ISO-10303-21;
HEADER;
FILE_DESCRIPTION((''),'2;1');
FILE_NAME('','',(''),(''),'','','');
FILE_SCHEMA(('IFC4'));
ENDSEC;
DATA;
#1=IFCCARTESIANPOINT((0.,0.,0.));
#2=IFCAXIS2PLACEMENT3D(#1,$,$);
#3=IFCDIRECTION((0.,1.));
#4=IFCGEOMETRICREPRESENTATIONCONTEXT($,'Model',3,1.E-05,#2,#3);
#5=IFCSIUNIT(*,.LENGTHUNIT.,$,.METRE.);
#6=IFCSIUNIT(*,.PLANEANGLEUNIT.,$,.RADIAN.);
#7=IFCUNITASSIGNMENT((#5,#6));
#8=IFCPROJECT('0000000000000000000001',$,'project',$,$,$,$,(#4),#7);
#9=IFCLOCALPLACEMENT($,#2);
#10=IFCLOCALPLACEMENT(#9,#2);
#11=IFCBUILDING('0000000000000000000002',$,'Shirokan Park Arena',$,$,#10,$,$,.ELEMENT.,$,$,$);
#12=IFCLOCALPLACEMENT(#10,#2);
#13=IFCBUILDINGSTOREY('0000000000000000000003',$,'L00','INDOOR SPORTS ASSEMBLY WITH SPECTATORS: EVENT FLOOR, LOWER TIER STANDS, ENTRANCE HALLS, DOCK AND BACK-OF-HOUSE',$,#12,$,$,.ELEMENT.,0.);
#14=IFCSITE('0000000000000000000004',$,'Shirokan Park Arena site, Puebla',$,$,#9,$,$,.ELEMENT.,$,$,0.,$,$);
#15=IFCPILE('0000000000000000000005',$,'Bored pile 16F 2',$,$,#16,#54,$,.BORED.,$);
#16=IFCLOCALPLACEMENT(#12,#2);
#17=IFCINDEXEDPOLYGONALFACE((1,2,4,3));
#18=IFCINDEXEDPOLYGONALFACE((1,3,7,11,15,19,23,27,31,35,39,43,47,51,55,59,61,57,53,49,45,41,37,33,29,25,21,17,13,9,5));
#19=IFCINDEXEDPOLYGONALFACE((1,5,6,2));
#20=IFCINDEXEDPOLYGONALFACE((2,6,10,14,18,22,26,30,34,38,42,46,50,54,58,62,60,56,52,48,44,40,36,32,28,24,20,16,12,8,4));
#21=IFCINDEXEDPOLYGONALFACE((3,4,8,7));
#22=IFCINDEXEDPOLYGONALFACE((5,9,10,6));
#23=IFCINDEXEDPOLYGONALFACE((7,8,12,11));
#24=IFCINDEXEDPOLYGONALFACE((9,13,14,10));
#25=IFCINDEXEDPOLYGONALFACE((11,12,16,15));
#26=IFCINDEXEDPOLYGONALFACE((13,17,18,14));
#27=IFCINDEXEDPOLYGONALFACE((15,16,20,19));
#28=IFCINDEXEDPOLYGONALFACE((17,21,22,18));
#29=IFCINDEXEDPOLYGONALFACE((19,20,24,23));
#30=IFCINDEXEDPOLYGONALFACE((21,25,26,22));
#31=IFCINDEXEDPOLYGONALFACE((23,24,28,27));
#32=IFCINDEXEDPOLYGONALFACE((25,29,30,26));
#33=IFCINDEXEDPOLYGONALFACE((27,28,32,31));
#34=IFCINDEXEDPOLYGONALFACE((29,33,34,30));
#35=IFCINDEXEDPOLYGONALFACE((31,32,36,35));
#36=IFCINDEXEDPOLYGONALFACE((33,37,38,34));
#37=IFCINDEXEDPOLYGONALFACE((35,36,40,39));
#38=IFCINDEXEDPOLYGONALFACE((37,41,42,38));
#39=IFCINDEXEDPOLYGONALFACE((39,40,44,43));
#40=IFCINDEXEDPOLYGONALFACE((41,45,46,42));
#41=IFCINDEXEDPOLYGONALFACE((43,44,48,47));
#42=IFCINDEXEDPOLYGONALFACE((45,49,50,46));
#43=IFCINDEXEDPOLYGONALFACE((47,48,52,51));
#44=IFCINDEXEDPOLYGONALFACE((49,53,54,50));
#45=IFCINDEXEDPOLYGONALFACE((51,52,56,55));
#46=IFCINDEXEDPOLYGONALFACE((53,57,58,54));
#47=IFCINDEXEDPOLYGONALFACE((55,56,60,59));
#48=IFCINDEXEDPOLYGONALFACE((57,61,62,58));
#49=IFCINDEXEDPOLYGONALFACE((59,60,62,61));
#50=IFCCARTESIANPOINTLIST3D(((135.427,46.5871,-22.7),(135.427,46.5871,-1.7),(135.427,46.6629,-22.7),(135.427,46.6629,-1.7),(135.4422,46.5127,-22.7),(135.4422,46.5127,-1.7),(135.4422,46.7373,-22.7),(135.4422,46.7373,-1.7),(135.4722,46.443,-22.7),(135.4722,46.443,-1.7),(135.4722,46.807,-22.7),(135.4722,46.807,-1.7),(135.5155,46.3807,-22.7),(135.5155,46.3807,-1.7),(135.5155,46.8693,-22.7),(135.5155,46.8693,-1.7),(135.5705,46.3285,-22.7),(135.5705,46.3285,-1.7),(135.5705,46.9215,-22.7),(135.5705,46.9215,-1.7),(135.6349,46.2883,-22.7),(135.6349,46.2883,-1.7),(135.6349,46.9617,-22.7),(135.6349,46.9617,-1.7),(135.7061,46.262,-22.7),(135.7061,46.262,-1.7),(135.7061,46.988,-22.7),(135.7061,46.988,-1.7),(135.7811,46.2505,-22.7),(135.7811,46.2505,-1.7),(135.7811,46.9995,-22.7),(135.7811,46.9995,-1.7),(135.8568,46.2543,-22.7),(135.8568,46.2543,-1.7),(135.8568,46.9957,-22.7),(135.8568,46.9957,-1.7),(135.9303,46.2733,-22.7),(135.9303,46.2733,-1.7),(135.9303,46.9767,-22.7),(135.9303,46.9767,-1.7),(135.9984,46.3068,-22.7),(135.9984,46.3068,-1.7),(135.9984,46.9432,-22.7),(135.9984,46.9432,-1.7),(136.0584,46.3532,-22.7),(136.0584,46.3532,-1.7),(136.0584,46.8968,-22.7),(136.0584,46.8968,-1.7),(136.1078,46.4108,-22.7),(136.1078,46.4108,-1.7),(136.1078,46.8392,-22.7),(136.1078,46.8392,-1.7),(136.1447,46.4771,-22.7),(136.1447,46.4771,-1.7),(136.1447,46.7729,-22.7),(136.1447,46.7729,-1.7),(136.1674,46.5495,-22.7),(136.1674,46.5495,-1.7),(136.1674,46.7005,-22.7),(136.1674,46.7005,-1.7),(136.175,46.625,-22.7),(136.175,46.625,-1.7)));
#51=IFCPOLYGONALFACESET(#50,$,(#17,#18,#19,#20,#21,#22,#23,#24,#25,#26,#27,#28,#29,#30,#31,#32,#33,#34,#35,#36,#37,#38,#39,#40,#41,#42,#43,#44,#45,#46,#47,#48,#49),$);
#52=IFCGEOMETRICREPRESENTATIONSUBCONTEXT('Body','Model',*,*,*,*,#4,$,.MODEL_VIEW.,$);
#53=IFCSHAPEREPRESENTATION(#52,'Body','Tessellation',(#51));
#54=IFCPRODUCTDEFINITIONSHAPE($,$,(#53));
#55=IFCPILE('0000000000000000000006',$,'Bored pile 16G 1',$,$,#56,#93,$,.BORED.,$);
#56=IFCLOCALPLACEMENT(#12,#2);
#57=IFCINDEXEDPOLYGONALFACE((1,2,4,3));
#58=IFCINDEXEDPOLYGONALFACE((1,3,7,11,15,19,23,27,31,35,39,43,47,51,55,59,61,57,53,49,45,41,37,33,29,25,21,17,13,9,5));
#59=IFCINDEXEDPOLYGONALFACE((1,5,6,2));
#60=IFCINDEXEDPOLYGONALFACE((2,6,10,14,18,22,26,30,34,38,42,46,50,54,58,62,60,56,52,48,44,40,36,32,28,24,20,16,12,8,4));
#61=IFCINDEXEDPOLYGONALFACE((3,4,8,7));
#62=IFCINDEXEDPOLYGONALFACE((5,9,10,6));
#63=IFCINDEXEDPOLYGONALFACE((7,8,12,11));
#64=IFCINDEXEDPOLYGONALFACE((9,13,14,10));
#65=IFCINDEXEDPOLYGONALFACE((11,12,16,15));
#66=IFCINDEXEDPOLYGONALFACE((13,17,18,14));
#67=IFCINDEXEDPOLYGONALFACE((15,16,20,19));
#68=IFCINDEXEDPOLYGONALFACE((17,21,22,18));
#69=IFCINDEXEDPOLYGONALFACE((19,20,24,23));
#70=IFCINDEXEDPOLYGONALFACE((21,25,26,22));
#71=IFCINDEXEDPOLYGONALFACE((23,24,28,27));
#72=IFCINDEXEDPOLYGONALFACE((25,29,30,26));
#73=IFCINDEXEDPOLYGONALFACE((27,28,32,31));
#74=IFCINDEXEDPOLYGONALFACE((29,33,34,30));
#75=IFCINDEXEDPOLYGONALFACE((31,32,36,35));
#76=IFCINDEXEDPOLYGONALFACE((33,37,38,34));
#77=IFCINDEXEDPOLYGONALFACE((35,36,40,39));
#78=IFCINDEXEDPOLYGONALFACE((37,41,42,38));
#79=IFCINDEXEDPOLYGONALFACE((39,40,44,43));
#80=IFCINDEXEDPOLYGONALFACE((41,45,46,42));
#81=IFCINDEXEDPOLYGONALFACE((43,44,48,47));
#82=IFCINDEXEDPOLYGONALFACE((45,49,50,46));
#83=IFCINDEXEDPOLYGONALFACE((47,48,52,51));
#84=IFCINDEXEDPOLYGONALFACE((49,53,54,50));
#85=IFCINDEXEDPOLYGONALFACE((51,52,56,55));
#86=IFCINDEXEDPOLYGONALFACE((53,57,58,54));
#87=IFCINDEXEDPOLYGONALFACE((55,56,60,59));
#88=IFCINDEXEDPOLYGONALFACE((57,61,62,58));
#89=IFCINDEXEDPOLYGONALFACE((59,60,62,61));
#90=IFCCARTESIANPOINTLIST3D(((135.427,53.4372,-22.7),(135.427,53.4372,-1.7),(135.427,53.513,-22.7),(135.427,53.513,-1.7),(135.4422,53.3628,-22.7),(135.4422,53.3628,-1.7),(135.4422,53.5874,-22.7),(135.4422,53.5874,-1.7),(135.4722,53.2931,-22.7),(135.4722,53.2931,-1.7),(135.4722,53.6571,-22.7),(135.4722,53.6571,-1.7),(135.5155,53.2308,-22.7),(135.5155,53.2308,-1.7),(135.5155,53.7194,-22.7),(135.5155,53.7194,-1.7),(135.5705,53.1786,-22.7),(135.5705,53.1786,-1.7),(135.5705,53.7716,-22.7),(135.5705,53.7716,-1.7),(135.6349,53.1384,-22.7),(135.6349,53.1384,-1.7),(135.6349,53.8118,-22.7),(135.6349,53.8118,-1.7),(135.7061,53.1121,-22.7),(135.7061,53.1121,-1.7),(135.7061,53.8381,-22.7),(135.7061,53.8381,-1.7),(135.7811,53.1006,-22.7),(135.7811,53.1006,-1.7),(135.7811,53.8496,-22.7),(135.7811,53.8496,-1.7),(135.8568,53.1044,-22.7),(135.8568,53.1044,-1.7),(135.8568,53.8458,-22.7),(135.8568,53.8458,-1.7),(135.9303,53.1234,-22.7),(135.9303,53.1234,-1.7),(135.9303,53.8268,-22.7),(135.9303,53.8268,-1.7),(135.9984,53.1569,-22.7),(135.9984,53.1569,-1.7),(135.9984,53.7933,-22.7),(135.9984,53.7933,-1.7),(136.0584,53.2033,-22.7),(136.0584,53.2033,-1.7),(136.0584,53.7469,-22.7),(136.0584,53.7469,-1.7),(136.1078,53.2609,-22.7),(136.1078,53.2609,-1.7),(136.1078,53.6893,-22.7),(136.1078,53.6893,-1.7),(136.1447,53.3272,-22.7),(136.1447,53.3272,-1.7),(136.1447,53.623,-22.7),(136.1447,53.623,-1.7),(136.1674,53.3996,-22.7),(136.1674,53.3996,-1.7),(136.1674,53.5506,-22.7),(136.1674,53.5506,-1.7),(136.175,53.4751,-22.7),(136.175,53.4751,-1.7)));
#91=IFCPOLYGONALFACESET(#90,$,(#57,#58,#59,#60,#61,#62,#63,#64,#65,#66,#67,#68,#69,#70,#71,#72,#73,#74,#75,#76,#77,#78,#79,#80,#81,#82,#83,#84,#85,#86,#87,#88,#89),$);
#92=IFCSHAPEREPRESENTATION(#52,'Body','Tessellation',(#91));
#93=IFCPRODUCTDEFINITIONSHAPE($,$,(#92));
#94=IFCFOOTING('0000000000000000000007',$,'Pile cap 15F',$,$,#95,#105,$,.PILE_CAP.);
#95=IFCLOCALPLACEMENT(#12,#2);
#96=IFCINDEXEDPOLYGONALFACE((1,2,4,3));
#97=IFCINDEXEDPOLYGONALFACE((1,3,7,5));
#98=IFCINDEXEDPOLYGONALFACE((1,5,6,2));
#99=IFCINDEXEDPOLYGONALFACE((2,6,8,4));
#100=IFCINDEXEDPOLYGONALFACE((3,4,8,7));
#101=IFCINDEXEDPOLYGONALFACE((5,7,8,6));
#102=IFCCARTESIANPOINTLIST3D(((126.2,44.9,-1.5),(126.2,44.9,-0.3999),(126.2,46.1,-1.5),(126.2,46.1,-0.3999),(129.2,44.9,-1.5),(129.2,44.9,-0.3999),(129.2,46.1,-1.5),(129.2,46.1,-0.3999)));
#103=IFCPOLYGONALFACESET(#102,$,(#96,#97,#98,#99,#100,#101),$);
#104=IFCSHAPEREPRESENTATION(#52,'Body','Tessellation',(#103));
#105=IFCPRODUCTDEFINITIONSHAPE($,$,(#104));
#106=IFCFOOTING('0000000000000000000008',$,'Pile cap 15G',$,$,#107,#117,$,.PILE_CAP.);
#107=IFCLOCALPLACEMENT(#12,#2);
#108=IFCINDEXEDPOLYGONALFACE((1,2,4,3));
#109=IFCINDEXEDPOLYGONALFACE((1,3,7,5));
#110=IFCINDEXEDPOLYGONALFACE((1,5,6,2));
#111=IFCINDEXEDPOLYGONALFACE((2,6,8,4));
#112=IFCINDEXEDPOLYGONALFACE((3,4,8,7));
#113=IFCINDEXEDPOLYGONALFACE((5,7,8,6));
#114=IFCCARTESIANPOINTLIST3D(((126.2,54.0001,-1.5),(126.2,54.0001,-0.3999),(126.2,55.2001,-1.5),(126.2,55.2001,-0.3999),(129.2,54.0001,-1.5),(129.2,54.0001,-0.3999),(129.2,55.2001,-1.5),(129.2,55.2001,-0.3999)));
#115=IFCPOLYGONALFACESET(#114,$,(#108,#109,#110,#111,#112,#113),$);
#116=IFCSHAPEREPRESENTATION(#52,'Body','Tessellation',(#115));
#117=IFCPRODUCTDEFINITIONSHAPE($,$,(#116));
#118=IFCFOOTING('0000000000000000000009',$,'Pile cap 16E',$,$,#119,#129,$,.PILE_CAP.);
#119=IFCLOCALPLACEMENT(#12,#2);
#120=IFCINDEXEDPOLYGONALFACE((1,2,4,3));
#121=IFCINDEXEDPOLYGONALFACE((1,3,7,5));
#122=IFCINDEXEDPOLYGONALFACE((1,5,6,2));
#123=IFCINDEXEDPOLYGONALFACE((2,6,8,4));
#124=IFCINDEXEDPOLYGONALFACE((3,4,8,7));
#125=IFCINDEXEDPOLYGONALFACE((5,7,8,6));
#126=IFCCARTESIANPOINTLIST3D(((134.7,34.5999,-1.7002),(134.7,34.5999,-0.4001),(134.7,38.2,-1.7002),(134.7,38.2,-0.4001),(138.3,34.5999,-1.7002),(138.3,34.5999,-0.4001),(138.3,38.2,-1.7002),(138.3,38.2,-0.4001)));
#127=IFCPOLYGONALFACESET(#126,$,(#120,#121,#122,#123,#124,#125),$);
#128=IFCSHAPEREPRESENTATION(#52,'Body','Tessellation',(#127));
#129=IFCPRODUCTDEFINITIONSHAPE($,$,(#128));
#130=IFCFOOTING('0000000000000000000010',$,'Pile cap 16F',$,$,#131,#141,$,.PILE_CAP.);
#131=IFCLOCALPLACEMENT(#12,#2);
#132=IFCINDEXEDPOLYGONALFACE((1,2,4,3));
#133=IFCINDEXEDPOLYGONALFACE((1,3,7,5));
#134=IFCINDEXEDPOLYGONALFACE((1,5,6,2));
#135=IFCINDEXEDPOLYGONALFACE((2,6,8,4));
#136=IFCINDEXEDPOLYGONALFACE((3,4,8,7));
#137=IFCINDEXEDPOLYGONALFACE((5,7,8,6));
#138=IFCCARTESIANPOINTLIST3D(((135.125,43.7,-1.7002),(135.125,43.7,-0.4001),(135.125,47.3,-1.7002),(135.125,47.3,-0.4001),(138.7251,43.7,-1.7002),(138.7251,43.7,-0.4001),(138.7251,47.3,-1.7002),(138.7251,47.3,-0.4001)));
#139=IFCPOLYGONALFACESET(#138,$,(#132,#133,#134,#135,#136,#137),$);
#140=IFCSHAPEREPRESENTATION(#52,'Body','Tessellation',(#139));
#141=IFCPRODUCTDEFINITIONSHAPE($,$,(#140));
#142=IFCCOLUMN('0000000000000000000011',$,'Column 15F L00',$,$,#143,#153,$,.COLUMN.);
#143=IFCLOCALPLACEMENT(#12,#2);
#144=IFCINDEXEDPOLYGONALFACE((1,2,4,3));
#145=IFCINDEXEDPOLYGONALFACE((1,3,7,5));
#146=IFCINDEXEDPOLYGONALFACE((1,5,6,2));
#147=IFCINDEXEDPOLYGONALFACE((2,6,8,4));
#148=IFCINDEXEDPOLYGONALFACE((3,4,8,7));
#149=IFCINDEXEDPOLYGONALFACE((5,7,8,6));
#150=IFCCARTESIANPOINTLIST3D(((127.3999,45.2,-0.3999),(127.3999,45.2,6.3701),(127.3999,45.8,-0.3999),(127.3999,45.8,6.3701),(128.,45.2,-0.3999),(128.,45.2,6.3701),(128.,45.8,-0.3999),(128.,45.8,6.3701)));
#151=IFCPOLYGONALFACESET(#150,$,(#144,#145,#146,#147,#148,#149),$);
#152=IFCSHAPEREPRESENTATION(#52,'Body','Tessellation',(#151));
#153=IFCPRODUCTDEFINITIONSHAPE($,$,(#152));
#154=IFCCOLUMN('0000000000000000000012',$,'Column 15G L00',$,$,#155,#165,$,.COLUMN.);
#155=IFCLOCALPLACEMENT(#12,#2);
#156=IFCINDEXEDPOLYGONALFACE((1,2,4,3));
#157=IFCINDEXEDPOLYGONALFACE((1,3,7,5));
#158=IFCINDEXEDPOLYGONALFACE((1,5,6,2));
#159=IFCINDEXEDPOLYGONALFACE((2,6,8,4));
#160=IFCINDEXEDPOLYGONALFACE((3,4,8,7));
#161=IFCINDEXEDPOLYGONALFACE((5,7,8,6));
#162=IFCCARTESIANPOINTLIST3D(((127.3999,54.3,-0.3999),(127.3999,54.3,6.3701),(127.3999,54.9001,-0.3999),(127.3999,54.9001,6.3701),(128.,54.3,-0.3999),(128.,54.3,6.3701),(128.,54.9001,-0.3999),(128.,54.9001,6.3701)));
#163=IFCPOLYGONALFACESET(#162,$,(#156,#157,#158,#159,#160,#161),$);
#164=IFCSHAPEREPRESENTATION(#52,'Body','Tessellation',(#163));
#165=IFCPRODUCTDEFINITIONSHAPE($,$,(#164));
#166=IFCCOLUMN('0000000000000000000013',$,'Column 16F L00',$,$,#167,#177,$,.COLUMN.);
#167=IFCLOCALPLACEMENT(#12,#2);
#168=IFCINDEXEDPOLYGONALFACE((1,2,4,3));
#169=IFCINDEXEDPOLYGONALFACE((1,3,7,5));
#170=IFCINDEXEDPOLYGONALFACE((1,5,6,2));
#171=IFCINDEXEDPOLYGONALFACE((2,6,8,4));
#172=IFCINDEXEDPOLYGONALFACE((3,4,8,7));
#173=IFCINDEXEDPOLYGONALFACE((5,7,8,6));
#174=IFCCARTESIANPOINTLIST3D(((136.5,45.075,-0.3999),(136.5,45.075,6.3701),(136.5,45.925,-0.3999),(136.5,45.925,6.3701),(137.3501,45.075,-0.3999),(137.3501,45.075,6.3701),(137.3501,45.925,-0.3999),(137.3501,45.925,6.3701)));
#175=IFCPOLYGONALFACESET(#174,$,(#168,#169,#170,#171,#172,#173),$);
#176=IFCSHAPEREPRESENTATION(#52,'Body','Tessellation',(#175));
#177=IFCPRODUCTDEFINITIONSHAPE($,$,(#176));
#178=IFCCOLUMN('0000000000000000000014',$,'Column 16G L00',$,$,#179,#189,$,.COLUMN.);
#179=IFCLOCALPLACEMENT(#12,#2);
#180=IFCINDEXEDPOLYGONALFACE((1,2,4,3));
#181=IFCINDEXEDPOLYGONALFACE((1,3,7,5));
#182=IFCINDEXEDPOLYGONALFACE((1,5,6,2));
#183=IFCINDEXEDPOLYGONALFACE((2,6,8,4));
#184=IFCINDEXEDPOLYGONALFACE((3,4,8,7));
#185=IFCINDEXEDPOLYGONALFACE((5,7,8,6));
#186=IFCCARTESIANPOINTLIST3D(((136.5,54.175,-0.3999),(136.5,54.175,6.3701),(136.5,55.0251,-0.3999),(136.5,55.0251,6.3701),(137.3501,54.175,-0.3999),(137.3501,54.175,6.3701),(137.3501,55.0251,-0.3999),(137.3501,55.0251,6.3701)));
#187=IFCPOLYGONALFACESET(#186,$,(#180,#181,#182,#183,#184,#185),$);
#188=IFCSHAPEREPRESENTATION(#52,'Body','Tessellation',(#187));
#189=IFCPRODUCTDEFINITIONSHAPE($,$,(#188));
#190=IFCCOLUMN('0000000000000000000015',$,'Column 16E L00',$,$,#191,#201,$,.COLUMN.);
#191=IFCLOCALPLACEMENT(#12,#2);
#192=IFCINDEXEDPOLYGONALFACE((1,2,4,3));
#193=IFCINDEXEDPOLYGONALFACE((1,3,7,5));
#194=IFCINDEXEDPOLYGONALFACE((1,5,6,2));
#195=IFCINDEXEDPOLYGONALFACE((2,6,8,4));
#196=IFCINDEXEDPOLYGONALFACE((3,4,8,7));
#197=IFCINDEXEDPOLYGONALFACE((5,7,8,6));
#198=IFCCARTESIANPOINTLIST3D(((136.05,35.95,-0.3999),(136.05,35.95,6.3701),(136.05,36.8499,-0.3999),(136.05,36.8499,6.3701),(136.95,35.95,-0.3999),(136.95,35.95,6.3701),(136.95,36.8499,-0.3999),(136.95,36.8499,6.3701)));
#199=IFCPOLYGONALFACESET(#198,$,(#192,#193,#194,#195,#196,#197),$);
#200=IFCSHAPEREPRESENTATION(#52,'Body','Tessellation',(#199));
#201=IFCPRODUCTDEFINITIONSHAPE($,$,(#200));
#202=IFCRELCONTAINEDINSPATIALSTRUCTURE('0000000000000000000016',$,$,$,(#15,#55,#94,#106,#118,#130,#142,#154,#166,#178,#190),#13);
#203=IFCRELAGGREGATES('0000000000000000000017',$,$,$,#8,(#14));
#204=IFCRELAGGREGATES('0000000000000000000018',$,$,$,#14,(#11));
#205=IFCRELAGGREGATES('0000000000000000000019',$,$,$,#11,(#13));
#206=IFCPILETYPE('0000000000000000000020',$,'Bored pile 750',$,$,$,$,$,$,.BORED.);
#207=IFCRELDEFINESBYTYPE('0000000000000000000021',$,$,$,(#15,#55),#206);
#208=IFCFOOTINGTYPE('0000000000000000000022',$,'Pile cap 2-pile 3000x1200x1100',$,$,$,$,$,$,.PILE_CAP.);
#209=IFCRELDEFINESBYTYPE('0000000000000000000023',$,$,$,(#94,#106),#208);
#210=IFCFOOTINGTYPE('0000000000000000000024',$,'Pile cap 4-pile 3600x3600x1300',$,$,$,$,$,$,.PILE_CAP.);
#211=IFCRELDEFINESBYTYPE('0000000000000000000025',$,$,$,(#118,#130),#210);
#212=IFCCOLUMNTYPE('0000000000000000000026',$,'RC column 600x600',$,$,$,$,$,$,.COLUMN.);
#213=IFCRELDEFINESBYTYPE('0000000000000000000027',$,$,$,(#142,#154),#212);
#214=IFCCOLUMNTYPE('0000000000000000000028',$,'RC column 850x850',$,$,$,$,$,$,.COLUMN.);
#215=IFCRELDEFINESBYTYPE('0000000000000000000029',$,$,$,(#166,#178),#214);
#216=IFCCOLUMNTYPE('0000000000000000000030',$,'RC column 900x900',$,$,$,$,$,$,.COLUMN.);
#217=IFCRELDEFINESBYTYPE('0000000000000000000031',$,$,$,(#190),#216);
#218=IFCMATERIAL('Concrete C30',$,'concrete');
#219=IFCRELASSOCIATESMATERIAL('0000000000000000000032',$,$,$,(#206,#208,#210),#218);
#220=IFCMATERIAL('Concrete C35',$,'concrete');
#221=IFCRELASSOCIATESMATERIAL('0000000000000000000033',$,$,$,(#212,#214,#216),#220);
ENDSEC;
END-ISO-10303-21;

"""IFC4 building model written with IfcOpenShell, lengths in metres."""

from ifc_helpers import new_model, si_unit, direction, frame, origin, origin_2d, place, context, subcontext, project, spatial, rectangle, circle, extrude, material, material_profile, profile_set, type_object, element, save


model = new_model("IFC4")

# Units and contexts
model_context = context("Model", 3, precision=1e-05, world=origin(), true_north=direction((0.0, 1.0)))
body_context = subcontext(model_context, "Body", "Model", "MODEL_VIEW")
ifc_project = project(units=[si_unit("LENGTHUNIT", "METRE"), si_unit("PLANEANGLEUNIT", "RADIAN")], contexts=[model_context])

# Site, building, storey
site_placement = place(None, origin())
site = spatial("IfcSite", under=ifc_project, at=site_placement, Name="Shirokan Park Arena site, Puebla", CompositionType="ELEMENT", RefElevation=0.0)
building_placement = place(site_placement, origin())
building = spatial("IfcBuilding", under=site, at=building_placement, Name="Shirokan Park Arena", CompositionType="ELEMENT")
storey_placement = place(building_placement, origin())
storey = spatial("IfcBuildingStorey", under=building, at=storey_placement, Name="L00", Description="INDOOR SPORTS ASSEMBLY WITH SPECTATORS: EVENT FLOOR, LOWER TIER STANDS, ENTRANCE HALLS, DOCK AND BACK-OF-HOUSE", CompositionType="ELEMENT", Elevation=0.0)

# Piles
ifc_material_1 = material(Name="Concrete C30", Category="concrete")
ifc_material_profile_1 = material_profile(ifc_material_1, circle(Radius=0.375, at=origin_2d()), Name="D750")
ifc_profile_set_1 = profile_set([ifc_material_profile_1], Name="Concrete C30")
pile_type_1 = type_object("IfcPileType", Name="Bored pile 750", PredefinedType="BORED", material=ifc_profile_set_1)
for number, where, z_axis, x_axis, name in (
    (1, (135.8, 46.625, -1.7), (0.0, 0.0, -1.0), (1.0, 0.0, 0.0), "Bored pile 16F 2"),
    (2, (135.8, 53.4751, -1.7), (0.0, 0.0, -1.0), (1.0, 0.0, 0.0), "Bored pile 16G 1"),
):
    element("IfcPile", number, at=place(storey_placement, frame(where, z_axis=z_axis, x_axis=x_axis)), inside=storey, type_object=pile_type_1, Name=name, PredefinedType="BORED", context=body_context, shape_type="SweptSolid", body=[
        extrude(circle(Radius=0.375, at=origin_2d()), origin(), (0.0, 0.0, 1.0), 21.0),
    ])

# Footings
footing_type_1 = type_object("IfcFootingType", Name="Pile cap 2-pile 3000x1200x1100", PredefinedType="PILE_CAP", material=ifc_material_1)
for number, where, z_axis, x_axis, name in (
    (3, (127.7, 45.5, -1.5), (0.0, 0.0, 1.0), (1.0, 0.0, 0.0), "Pile cap 15F"),
    (4, (127.7, 54.6001, -1.5), (0.0, 0.0, 1.0), (1.0, 0.0, 0.0), "Pile cap 15G"),
):
    element("IfcFooting", number, at=place(storey_placement, frame(where, z_axis=z_axis, x_axis=x_axis)), inside=storey, type_object=footing_type_1, Name=name, PredefinedType="PILE_CAP", context=body_context, shape_type="SweptSolid", body=[
        extrude(rectangle(XDim=3.0, YDim=1.2, at=origin_2d()), origin(), (0.0, 0.0, 1.0), 1.1001),
    ])
footing_type_2 = type_object("IfcFootingType", Name="Pile cap 4-pile 3600x3600x1300", PredefinedType="PILE_CAP", material=ifc_material_1)
for number, where, z_axis, x_axis, name in (
    (5, (136.5, 36.3999, -1.7002), (0.0, 0.0, 1.0), (1.0, 0.0, 0.0), "Pile cap 16E"),
    (6, (136.925, 45.5, -1.7002), (0.0, 0.0, 1.0), (1.0, 0.0, 0.0), "Pile cap 16F"),
):
    element("IfcFooting", number, at=place(storey_placement, frame(where, z_axis=z_axis, x_axis=x_axis)), inside=storey, type_object=footing_type_2, Name=name, PredefinedType="PILE_CAP", context=body_context, shape_type="SweptSolid", body=[
        extrude(rectangle(XDim=3.6001, YDim=3.6001, at=origin_2d()), origin(), (0.0, 0.0, 1.0), 1.3),
    ])

# Columns
ifc_material_2 = material(Name="Concrete C35", Category="concrete")
ifc_material_profile_2 = material_profile(ifc_material_2, rectangle(XDim=0.6001, YDim=0.6001, at=origin_2d()), Name="600x600")
ifc_profile_set_2 = profile_set([ifc_material_profile_2], Name="Concrete C35")
column_type_1 = type_object("IfcColumnType", Name="RC column 600x600", PredefinedType="COLUMN", material=ifc_profile_set_2)
for number, where, z_axis, x_axis, name in (
    (7, (127.7, 45.5, -0.3999), (0.0, 0.0, 1.0), (1.0, 0.0, 0.0), "Column 15F L00"),
    (8, (127.7, 54.6001, -0.3999), (0.0, 0.0, 1.0), (1.0, 0.0, 0.0), "Column 15G L00"),
):
    element("IfcColumn", number, at=place(storey_placement, frame(where, z_axis=z_axis, x_axis=x_axis)), inside=storey, type_object=column_type_1, Name=name, PredefinedType="COLUMN", context=body_context, shape_type="SweptSolid", body=[
        extrude(rectangle(XDim=0.6001, YDim=0.6001, at=origin_2d()), origin(), (0.0, 0.0, 1.0), 6.77),
    ])
ifc_material_profile_3 = material_profile(ifc_material_2, rectangle(XDim=0.8501, YDim=0.8501, at=origin_2d()), Name="850x850")
ifc_profile_set_3 = profile_set([ifc_material_profile_3], Name="Concrete C35")
column_type_2 = type_object("IfcColumnType", Name="RC column 850x850", PredefinedType="COLUMN", material=ifc_profile_set_3)
for number, where, z_axis, x_axis, name in (
    (9, (136.925, 45.5, -0.3999), (0.0, 0.0, 1.0), (1.0, 0.0, 0.0), "Column 16F L00"),
    (10, (136.925, 54.6001, -0.3999), (0.0, 0.0, 1.0), (1.0, 0.0, 0.0), "Column 16G L00"),
):
    element("IfcColumn", number, at=place(storey_placement, frame(where, z_axis=z_axis, x_axis=x_axis)), inside=storey, type_object=column_type_2, Name=name, PredefinedType="COLUMN", context=body_context, shape_type="SweptSolid", body=[
        extrude(rectangle(XDim=0.8501, YDim=0.8501, at=origin_2d()), origin(), (0.0, 0.0, 1.0), 6.77),
    ])
ifc_material_profile_4 = material_profile(ifc_material_2, rectangle(XDim=0.8999, YDim=0.8999, at=origin_2d()), Name="900x900")
ifc_profile_set_4 = profile_set([ifc_material_profile_4], Name="Concrete C35")
column_type_3 = type_object("IfcColumnType", Name="RC column 900x900", PredefinedType="COLUMN", material=ifc_profile_set_4)
column_placement = place(storey_placement, frame((136.5, 36.3999, -0.3999), z_axis=(0.0, 0.0, 1.0), x_axis=(1.0, 0.0, 0.0)))
element("IfcColumn", 11, at=column_placement, inside=storey, type_object=column_type_3, Name="Column 16E L00", PredefinedType="COLUMN", context=body_context, shape_type="SweptSolid", body=[
    extrude(rectangle(XDim=0.8999, YDim=0.8999, at=origin_2d()), origin(), (0.0, 0.0, 1.0), 6.77),
])

save(model, "model.ifc")
